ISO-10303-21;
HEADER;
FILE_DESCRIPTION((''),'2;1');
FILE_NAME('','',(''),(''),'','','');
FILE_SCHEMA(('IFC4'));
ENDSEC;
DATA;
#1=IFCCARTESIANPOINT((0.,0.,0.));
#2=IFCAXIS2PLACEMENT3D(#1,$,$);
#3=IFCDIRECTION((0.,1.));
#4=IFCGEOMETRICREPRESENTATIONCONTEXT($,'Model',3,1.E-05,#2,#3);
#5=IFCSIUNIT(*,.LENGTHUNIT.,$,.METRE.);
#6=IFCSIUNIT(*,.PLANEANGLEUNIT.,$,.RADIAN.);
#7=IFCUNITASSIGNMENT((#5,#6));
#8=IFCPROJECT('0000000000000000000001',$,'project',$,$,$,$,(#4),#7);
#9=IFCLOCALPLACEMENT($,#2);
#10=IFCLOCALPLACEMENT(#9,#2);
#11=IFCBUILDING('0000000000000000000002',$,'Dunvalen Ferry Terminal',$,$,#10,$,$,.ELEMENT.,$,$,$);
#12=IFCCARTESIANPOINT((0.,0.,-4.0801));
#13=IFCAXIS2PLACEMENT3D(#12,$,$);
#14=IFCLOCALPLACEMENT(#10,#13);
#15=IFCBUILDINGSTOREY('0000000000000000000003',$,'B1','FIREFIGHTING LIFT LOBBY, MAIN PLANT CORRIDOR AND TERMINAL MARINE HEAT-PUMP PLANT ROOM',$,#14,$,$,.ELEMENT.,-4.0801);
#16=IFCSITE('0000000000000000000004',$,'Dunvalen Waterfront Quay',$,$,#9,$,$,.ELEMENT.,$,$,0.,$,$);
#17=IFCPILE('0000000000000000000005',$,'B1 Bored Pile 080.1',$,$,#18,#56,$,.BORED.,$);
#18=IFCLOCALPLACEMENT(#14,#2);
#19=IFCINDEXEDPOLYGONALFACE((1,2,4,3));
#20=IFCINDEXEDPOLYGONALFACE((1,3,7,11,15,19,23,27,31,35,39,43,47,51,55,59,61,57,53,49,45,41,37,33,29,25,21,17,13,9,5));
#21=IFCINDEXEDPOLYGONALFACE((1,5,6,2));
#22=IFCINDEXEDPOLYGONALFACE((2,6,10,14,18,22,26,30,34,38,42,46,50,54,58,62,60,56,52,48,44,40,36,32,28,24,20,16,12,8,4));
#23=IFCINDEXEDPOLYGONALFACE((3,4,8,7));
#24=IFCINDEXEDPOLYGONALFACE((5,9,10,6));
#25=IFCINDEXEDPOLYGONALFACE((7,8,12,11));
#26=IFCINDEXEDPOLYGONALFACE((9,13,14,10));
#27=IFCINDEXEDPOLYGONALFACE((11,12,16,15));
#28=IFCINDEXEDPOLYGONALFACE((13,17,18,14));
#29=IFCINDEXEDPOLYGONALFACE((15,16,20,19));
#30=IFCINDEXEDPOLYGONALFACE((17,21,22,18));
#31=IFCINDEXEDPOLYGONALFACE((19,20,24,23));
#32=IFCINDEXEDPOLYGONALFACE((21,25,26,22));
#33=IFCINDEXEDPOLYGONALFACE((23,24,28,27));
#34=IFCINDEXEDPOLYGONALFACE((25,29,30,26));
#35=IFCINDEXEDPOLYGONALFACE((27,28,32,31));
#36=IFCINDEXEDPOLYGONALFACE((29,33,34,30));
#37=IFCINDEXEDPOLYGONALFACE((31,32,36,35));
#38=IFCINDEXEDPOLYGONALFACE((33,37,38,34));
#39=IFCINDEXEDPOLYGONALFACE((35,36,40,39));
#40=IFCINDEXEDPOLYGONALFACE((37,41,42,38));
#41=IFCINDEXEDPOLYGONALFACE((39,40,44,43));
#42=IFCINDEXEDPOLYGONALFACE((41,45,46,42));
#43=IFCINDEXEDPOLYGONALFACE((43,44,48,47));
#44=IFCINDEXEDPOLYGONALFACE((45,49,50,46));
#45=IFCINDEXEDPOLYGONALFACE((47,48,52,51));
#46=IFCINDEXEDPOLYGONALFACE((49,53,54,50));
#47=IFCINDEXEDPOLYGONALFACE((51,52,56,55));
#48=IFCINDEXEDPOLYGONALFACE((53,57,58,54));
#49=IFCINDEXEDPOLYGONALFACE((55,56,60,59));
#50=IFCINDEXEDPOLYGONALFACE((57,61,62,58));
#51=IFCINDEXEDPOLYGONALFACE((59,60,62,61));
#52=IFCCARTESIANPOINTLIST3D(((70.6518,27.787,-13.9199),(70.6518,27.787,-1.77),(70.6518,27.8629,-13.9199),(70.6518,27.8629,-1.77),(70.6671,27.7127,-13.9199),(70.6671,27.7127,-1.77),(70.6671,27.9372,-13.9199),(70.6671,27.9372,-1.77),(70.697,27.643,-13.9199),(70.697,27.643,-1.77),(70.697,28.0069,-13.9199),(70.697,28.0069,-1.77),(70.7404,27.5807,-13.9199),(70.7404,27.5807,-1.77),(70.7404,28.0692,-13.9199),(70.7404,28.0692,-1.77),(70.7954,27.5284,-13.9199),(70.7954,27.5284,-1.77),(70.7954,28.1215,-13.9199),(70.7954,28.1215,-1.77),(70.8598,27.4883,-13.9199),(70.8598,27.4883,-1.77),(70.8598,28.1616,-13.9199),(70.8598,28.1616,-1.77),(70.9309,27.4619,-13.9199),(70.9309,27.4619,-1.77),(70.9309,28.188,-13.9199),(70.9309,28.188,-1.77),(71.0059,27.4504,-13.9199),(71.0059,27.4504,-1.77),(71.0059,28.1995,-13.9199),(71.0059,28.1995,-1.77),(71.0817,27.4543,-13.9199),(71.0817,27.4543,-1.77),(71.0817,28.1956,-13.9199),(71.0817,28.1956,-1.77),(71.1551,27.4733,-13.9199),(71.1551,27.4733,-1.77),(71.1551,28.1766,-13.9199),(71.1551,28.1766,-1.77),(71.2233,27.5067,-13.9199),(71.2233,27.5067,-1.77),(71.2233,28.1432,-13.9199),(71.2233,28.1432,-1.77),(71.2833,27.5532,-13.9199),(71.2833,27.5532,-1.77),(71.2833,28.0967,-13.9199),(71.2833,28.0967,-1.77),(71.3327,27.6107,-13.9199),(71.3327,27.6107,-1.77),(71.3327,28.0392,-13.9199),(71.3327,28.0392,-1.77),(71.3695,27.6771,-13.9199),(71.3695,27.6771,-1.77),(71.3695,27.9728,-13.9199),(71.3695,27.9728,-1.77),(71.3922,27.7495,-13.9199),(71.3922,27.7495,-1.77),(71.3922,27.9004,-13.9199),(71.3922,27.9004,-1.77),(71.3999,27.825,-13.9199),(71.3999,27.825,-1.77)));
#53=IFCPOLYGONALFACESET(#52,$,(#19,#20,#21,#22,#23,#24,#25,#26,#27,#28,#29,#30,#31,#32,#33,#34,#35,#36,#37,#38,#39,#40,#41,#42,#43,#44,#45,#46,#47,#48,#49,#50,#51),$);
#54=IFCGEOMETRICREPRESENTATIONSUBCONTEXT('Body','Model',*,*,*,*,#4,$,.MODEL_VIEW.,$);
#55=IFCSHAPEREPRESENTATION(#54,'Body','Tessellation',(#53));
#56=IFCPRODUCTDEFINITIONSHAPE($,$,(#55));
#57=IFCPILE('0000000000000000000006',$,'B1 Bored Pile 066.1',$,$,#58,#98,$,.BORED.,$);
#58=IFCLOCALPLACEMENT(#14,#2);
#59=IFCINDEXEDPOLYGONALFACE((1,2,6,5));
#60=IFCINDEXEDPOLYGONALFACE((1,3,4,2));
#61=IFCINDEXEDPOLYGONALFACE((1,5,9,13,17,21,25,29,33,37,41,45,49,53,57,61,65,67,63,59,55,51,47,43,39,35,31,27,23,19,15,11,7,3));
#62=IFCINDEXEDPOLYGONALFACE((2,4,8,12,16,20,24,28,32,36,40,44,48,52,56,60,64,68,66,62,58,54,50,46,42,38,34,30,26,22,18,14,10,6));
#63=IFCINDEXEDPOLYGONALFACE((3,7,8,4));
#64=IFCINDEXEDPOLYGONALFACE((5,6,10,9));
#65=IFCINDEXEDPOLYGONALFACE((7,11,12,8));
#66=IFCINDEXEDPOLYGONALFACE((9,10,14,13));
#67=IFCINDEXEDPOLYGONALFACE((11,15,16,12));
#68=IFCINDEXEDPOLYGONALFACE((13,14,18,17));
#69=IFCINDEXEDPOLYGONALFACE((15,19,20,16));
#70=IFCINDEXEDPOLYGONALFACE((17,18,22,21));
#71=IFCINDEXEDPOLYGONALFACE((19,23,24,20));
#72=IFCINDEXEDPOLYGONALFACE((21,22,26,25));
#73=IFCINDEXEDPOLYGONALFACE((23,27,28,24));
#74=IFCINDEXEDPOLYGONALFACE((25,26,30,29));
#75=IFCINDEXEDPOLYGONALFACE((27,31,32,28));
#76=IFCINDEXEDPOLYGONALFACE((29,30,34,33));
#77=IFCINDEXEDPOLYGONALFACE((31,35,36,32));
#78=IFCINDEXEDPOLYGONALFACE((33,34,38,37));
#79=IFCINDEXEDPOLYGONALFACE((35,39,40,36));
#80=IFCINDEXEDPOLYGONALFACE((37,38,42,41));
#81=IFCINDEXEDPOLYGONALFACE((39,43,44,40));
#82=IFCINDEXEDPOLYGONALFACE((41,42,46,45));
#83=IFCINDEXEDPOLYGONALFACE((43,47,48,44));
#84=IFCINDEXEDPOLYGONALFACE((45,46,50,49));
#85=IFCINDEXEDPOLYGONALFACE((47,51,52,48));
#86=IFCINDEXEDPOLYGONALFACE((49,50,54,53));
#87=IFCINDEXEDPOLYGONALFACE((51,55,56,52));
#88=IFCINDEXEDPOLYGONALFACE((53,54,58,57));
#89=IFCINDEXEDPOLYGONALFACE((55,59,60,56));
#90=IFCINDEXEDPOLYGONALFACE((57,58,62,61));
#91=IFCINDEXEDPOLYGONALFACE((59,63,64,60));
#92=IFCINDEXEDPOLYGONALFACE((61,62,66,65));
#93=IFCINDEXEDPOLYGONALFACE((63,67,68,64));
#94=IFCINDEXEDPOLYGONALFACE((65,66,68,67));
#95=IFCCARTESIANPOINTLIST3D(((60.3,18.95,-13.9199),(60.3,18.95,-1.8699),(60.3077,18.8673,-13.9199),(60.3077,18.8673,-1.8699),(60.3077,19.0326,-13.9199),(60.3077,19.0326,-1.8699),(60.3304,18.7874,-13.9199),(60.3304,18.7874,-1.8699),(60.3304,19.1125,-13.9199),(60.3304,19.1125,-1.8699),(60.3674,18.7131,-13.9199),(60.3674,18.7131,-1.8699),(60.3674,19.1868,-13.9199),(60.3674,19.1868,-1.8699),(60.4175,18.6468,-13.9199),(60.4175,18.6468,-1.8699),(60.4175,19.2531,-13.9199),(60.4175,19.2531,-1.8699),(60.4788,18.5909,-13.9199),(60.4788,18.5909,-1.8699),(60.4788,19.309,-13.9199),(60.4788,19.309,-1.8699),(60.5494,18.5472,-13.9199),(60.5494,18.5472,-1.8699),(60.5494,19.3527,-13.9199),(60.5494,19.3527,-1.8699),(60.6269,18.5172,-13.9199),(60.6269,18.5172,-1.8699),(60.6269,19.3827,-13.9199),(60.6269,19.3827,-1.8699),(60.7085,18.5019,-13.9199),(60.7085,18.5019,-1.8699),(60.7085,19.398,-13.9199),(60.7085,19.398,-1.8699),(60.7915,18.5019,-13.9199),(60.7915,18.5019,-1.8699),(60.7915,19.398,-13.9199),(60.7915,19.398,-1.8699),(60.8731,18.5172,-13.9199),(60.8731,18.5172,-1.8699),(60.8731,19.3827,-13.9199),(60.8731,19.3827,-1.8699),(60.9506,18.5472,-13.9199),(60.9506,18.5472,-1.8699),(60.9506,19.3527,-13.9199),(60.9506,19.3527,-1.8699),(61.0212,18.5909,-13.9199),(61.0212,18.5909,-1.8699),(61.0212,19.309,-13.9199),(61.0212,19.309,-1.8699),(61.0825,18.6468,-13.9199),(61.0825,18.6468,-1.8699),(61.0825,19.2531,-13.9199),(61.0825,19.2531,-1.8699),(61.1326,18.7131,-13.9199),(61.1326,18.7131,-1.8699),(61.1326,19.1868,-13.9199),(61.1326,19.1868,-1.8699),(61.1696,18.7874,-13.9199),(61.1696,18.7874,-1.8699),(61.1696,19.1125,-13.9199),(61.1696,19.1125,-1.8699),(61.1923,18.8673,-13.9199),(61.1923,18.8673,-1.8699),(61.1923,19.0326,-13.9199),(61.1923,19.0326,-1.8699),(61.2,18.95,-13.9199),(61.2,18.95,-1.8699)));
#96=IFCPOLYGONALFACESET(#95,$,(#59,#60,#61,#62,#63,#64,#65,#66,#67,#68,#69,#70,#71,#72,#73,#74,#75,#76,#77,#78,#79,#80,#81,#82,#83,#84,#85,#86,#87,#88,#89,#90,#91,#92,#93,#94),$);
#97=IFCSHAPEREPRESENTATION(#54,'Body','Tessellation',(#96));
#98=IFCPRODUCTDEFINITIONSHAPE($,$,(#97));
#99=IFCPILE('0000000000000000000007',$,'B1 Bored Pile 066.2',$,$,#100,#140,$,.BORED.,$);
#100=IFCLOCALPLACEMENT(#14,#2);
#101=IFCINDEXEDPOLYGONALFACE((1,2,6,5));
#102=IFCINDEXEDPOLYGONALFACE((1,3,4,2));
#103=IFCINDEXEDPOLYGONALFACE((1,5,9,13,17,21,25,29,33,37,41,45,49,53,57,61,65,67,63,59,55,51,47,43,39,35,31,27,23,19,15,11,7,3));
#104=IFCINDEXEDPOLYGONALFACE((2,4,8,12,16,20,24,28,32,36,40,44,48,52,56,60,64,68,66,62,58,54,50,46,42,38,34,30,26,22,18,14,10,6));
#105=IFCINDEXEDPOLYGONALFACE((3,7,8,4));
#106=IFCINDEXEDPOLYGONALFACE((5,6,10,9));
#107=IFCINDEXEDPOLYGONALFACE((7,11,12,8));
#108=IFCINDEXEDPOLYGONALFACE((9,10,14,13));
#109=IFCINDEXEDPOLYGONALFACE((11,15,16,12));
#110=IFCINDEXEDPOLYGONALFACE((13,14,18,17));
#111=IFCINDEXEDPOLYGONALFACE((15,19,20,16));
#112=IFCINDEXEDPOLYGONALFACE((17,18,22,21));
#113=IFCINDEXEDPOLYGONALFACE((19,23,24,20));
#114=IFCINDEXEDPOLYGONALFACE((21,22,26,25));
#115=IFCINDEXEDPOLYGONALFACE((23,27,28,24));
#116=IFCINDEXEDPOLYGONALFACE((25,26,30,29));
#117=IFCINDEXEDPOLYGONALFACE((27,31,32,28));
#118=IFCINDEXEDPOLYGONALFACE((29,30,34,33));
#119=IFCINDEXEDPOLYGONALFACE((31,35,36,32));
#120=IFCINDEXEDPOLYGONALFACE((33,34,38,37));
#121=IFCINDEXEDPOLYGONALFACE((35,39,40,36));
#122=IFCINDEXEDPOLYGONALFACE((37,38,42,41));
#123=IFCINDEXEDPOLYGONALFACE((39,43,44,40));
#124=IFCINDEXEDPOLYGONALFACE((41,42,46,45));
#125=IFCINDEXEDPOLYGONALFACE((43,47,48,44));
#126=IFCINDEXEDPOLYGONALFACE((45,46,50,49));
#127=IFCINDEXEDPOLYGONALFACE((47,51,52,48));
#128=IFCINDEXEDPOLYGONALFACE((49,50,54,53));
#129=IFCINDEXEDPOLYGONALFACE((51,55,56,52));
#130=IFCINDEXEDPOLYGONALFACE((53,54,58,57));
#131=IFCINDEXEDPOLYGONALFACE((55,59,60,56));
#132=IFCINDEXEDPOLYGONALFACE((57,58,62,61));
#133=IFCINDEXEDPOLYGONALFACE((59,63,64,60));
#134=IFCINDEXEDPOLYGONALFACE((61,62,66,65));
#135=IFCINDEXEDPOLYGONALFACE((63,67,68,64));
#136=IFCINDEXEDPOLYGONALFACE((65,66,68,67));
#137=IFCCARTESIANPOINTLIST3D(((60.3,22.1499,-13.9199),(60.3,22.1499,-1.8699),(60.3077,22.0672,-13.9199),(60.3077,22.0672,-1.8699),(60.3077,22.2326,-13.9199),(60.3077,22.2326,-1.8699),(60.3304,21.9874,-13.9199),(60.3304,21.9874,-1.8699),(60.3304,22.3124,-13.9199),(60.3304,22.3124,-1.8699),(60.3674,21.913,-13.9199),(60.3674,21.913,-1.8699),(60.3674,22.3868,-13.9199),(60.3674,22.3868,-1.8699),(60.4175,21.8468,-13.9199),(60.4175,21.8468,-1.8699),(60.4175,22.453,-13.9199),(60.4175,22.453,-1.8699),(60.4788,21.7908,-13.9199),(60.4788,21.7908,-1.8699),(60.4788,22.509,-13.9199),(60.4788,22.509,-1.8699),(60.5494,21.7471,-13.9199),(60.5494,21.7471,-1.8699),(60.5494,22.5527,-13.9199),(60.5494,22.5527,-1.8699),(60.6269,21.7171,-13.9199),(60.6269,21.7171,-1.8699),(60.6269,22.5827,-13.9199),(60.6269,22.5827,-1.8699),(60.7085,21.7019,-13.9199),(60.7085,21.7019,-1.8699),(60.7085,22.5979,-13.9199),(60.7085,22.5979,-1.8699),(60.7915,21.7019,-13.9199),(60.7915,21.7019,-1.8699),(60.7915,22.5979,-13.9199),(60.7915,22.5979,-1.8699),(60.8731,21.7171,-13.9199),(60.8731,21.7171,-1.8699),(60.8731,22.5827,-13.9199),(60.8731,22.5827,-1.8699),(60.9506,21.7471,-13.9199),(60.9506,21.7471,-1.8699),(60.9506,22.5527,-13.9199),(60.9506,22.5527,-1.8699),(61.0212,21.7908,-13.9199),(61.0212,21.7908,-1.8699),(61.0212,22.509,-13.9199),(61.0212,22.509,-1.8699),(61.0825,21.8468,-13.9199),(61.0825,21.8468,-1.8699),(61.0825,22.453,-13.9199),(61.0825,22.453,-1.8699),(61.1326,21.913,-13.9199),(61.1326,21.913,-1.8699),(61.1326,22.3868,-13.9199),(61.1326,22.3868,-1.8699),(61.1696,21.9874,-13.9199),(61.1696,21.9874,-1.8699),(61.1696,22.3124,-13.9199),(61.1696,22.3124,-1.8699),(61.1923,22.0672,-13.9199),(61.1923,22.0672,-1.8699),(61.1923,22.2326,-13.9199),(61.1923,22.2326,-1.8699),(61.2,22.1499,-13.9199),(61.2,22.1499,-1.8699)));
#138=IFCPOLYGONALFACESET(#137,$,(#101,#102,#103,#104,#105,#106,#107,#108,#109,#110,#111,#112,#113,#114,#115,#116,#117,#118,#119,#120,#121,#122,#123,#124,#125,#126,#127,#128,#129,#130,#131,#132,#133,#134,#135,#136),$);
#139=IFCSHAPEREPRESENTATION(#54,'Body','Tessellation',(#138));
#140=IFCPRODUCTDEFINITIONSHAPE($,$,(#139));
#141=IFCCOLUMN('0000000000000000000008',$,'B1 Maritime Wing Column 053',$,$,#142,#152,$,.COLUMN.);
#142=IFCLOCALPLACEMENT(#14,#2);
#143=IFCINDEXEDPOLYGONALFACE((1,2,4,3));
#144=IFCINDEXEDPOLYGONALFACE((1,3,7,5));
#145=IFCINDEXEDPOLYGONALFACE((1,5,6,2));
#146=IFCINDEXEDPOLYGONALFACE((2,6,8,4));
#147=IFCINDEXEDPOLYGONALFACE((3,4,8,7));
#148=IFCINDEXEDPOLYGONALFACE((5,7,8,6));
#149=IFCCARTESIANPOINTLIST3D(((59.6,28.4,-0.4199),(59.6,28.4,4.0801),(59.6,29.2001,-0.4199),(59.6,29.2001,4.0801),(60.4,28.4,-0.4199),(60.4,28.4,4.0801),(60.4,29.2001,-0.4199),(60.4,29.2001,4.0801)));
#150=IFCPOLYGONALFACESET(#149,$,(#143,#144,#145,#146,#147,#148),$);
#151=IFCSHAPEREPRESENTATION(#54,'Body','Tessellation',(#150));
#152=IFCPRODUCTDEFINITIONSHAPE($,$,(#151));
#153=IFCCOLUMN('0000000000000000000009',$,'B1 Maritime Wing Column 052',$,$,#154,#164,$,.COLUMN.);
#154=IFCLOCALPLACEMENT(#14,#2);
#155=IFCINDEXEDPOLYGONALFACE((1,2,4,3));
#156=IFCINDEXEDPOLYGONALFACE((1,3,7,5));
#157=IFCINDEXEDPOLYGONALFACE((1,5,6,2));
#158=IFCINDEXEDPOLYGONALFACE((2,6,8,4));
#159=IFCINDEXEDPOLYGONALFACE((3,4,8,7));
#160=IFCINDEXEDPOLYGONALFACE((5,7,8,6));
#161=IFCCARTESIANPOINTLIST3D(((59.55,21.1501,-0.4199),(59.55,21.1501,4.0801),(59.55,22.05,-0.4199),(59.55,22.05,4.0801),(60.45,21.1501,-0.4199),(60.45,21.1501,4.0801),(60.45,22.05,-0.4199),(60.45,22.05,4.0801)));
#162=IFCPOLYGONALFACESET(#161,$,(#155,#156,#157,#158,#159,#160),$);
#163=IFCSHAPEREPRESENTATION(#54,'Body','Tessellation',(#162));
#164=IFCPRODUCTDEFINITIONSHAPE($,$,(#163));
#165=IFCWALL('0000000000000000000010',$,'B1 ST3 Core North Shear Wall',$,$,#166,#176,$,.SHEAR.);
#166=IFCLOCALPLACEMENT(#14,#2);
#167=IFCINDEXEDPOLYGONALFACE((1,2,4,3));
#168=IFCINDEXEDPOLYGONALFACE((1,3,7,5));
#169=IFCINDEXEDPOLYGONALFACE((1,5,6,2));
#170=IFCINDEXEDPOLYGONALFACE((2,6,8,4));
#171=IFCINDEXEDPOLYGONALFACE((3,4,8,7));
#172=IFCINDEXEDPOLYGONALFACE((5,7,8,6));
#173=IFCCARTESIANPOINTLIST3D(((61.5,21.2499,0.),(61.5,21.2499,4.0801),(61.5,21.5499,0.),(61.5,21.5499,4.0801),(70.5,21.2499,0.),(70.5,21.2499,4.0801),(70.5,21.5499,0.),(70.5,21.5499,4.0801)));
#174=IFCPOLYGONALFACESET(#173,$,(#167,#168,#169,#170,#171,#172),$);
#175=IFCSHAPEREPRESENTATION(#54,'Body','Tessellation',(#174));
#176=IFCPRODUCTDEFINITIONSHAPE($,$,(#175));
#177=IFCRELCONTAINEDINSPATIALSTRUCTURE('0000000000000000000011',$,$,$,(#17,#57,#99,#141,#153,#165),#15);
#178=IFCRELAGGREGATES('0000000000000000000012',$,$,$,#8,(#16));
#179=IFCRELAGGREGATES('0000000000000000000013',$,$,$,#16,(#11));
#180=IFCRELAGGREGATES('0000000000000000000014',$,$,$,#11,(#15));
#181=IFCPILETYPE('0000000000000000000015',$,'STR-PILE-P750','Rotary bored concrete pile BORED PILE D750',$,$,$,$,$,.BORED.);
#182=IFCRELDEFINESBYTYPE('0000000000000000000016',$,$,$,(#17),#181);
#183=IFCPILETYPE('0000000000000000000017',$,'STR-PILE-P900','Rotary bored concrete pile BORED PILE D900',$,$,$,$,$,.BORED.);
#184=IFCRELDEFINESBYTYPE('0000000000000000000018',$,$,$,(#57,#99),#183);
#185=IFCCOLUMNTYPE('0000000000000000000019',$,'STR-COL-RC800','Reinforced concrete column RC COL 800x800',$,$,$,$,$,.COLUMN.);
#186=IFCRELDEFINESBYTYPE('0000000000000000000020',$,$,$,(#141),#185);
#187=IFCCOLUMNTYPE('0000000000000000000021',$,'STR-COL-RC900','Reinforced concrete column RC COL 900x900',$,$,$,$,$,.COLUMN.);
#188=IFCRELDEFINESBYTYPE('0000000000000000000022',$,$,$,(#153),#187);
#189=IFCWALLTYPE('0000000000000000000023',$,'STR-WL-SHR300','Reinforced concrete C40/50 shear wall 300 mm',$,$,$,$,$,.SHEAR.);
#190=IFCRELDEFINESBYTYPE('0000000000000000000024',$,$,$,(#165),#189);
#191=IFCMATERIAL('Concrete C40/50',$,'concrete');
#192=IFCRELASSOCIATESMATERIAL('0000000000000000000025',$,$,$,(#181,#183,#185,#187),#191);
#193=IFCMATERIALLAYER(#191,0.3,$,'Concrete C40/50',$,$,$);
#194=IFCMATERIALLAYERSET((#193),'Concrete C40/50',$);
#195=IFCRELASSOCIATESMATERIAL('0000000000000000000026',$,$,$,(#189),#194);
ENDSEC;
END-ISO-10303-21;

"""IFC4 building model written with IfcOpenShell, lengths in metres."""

from ifc_helpers import new_model, si_unit, direction, frame, frame_2d, origin, origin_2d, place, context, subcontext, project, spatial, rectangle, circle, extrude, material, layer, layer_set, material_profile, profile_set, type_object, element, save


model = new_model("IFC4")

# Units and contexts
model_context = context("Model", 3, precision=1e-05, world=origin(), true_north=direction((0.0, 1.0)))
body_context = subcontext(model_context, "Body", "Model", "MODEL_VIEW")
ifc_project = project(units=[si_unit("LENGTHUNIT", "METRE"), si_unit("PLANEANGLEUNIT", "RADIAN")], contexts=[model_context])

# Site, building, storey
site_placement = place(None, origin())
site = spatial("IfcSite", under=ifc_project, at=site_placement, Name="Dunvalen Waterfront Quay", CompositionType="ELEMENT", RefElevation=0.0)
building_placement = place(site_placement, origin())
building = spatial("IfcBuilding", under=site, at=building_placement, Name="Dunvalen Ferry Terminal", CompositionType="ELEMENT")
storey_placement = place(building_placement, frame((0.0, 0.0, -4.0801)))
storey = spatial("IfcBuildingStorey", under=building, at=storey_placement, Name="B1", Description="FIREFIGHTING LIFT LOBBY, MAIN PLANT CORRIDOR AND TERMINAL MARINE HEAT-PUMP PLANT ROOM", CompositionType="ELEMENT", Elevation=-4.0801)

# Shared definitions
ifc_material_1 = material(Name="Concrete C40/50", Category="concrete")

# Piles
ifc_material_profile_1 = material_profile(ifc_material_1, circle(Radius=0.375, at=origin_2d()), Name="Concrete C40/50")
ifc_profile_set_1 = profile_set([ifc_material_profile_1], Name="Concrete C40/50")
pile_type_1 = type_object("IfcPileType", Name="STR-PILE-P750", Description="Rotary bored concrete pile BORED PILE D750", PredefinedType="BORED", material=ifc_profile_set_1)
for number, where, z_axis, x_axis, name in (
    (1, (71.0249, 27.825, -1.77), (0.0, 0.0, -1.0), (1.0, 0.0, 0.0), "B1 Bored Pile 080.1"),
):
    element("IfcPile", number, at=place(storey_placement, frame(where, z_axis=z_axis, x_axis=x_axis)), inside=storey, type_object=pile_type_1, Name=name, PredefinedType="BORED", context=body_context, shape_type="SweptSolid", body=[
        extrude(circle(Radius=0.375, at=origin_2d()), origin(), (0.0, 0.0, 1.0), 12.1499),
    ])
ifc_material_profile_2 = material_profile(ifc_material_1, circle(Radius=0.45, at=origin_2d()), Name="Concrete C40/50")
ifc_profile_set_2 = profile_set([ifc_material_profile_2], Name="Concrete C40/50")
pile_type_2 = type_object("IfcPileType", Name="STR-PILE-P900", Description="Rotary bored concrete pile BORED PILE D900", PredefinedType="BORED", material=ifc_profile_set_2)
for number, where, z_axis, x_axis, name in (
    (2, (60.75, 18.95, -1.8699), (0.0, 0.0, -1.0), (1.0, 0.0, 0.0), "B1 Bored Pile 066.1"),
    (3, (60.75, 22.1499, -1.8699), (0.0, 0.0, -1.0), (1.0, 0.0, 0.0), "B1 Bored Pile 066.2"),
):
    element("IfcPile", number, at=place(storey_placement, frame(where, z_axis=z_axis, x_axis=x_axis)), inside=storey, type_object=pile_type_2, Name=name, PredefinedType="BORED", context=body_context, shape_type="SweptSolid", body=[
        extrude(circle(Radius=0.45, at=origin_2d()), origin(), (0.0, 0.0, 1.0), 12.05),
    ])

# Columns
ifc_material_profile_3 = material_profile(ifc_material_1, rectangle(XDim=0.8, YDim=0.8, at=origin_2d()), Name="Concrete C40/50")
ifc_profile_set_3 = profile_set([ifc_material_profile_3], Name="Concrete C40/50")
column_type_1 = type_object("IfcColumnType", Name="STR-COL-RC800", Description="Reinforced concrete column RC COL 800x800", PredefinedType="COLUMN", material=ifc_profile_set_3)
column_1_placement = place(storey_placement, frame((60.0, 28.8, -0.4199), z_axis=(0.0, 0.0, 1.0), x_axis=(1.0, 0.0, 0.0)))
element("IfcColumn", 4, at=column_1_placement, inside=storey, type_object=column_type_1, Name="B1 Maritime Wing Column 053", PredefinedType="COLUMN", context=body_context, shape_type="SweptSolid", body=[
    extrude(rectangle(XDim=0.8, YDim=0.8, at=origin_2d()), origin(), (0.0, 0.0, 1.0), 4.5),
])
ifc_material_profile_4 = material_profile(ifc_material_1, rectangle(XDim=0.8999, YDim=0.8999, at=origin_2d()), Name="Concrete C40/50")
ifc_profile_set_4 = profile_set([ifc_material_profile_4], Name="Concrete C40/50")
column_type_2 = type_object("IfcColumnType", Name="STR-COL-RC900", Description="Reinforced concrete column RC COL 900x900", PredefinedType="COLUMN", material=ifc_profile_set_4)
column_2_placement = place(storey_placement, frame((60.0, 21.6001, -0.4199), z_axis=(0.0, 0.0, 1.0), x_axis=(1.0, 0.0, 0.0)))
element("IfcColumn", 5, at=column_2_placement, inside=storey, type_object=column_type_2, Name="B1 Maritime Wing Column 052", PredefinedType="COLUMN", context=body_context, shape_type="SweptSolid", body=[
    extrude(rectangle(XDim=0.8999, YDim=0.8999, at=origin_2d()), origin(), (0.0, 0.0, 1.0), 4.5),
])

# Wall
ifc_layer = layer(ifc_material_1, 0.3, Name="Concrete C40/50")
ifc_layer_set = layer_set([ifc_layer], Name="Concrete C40/50")
wall_type = type_object("IfcWallType", Name="STR-WL-SHR300", Description="Reinforced concrete C40/50 shear wall 300 mm", PredefinedType="SHEAR", material=ifc_layer_set)
wall_placement = place(storey_placement, frame((61.5, 21.3999, 0.0), z_axis=(0.0, 0.0, 1.0), x_axis=(1.0, 0.0, 0.0)))
element("IfcWall", 6, at=wall_placement, inside=storey, type_object=wall_type, Name="B1 ST3 Core North Shear Wall", PredefinedType="SHEAR", context=body_context, shape_type="SweptSolid", body=[
    extrude(rectangle(XDim=9.0, YDim=0.3, at=frame_2d((4.5, 0.0))), origin(), (0.0, 0.0, 1.0), 4.0801),
])

save(model, "model.ifc")
